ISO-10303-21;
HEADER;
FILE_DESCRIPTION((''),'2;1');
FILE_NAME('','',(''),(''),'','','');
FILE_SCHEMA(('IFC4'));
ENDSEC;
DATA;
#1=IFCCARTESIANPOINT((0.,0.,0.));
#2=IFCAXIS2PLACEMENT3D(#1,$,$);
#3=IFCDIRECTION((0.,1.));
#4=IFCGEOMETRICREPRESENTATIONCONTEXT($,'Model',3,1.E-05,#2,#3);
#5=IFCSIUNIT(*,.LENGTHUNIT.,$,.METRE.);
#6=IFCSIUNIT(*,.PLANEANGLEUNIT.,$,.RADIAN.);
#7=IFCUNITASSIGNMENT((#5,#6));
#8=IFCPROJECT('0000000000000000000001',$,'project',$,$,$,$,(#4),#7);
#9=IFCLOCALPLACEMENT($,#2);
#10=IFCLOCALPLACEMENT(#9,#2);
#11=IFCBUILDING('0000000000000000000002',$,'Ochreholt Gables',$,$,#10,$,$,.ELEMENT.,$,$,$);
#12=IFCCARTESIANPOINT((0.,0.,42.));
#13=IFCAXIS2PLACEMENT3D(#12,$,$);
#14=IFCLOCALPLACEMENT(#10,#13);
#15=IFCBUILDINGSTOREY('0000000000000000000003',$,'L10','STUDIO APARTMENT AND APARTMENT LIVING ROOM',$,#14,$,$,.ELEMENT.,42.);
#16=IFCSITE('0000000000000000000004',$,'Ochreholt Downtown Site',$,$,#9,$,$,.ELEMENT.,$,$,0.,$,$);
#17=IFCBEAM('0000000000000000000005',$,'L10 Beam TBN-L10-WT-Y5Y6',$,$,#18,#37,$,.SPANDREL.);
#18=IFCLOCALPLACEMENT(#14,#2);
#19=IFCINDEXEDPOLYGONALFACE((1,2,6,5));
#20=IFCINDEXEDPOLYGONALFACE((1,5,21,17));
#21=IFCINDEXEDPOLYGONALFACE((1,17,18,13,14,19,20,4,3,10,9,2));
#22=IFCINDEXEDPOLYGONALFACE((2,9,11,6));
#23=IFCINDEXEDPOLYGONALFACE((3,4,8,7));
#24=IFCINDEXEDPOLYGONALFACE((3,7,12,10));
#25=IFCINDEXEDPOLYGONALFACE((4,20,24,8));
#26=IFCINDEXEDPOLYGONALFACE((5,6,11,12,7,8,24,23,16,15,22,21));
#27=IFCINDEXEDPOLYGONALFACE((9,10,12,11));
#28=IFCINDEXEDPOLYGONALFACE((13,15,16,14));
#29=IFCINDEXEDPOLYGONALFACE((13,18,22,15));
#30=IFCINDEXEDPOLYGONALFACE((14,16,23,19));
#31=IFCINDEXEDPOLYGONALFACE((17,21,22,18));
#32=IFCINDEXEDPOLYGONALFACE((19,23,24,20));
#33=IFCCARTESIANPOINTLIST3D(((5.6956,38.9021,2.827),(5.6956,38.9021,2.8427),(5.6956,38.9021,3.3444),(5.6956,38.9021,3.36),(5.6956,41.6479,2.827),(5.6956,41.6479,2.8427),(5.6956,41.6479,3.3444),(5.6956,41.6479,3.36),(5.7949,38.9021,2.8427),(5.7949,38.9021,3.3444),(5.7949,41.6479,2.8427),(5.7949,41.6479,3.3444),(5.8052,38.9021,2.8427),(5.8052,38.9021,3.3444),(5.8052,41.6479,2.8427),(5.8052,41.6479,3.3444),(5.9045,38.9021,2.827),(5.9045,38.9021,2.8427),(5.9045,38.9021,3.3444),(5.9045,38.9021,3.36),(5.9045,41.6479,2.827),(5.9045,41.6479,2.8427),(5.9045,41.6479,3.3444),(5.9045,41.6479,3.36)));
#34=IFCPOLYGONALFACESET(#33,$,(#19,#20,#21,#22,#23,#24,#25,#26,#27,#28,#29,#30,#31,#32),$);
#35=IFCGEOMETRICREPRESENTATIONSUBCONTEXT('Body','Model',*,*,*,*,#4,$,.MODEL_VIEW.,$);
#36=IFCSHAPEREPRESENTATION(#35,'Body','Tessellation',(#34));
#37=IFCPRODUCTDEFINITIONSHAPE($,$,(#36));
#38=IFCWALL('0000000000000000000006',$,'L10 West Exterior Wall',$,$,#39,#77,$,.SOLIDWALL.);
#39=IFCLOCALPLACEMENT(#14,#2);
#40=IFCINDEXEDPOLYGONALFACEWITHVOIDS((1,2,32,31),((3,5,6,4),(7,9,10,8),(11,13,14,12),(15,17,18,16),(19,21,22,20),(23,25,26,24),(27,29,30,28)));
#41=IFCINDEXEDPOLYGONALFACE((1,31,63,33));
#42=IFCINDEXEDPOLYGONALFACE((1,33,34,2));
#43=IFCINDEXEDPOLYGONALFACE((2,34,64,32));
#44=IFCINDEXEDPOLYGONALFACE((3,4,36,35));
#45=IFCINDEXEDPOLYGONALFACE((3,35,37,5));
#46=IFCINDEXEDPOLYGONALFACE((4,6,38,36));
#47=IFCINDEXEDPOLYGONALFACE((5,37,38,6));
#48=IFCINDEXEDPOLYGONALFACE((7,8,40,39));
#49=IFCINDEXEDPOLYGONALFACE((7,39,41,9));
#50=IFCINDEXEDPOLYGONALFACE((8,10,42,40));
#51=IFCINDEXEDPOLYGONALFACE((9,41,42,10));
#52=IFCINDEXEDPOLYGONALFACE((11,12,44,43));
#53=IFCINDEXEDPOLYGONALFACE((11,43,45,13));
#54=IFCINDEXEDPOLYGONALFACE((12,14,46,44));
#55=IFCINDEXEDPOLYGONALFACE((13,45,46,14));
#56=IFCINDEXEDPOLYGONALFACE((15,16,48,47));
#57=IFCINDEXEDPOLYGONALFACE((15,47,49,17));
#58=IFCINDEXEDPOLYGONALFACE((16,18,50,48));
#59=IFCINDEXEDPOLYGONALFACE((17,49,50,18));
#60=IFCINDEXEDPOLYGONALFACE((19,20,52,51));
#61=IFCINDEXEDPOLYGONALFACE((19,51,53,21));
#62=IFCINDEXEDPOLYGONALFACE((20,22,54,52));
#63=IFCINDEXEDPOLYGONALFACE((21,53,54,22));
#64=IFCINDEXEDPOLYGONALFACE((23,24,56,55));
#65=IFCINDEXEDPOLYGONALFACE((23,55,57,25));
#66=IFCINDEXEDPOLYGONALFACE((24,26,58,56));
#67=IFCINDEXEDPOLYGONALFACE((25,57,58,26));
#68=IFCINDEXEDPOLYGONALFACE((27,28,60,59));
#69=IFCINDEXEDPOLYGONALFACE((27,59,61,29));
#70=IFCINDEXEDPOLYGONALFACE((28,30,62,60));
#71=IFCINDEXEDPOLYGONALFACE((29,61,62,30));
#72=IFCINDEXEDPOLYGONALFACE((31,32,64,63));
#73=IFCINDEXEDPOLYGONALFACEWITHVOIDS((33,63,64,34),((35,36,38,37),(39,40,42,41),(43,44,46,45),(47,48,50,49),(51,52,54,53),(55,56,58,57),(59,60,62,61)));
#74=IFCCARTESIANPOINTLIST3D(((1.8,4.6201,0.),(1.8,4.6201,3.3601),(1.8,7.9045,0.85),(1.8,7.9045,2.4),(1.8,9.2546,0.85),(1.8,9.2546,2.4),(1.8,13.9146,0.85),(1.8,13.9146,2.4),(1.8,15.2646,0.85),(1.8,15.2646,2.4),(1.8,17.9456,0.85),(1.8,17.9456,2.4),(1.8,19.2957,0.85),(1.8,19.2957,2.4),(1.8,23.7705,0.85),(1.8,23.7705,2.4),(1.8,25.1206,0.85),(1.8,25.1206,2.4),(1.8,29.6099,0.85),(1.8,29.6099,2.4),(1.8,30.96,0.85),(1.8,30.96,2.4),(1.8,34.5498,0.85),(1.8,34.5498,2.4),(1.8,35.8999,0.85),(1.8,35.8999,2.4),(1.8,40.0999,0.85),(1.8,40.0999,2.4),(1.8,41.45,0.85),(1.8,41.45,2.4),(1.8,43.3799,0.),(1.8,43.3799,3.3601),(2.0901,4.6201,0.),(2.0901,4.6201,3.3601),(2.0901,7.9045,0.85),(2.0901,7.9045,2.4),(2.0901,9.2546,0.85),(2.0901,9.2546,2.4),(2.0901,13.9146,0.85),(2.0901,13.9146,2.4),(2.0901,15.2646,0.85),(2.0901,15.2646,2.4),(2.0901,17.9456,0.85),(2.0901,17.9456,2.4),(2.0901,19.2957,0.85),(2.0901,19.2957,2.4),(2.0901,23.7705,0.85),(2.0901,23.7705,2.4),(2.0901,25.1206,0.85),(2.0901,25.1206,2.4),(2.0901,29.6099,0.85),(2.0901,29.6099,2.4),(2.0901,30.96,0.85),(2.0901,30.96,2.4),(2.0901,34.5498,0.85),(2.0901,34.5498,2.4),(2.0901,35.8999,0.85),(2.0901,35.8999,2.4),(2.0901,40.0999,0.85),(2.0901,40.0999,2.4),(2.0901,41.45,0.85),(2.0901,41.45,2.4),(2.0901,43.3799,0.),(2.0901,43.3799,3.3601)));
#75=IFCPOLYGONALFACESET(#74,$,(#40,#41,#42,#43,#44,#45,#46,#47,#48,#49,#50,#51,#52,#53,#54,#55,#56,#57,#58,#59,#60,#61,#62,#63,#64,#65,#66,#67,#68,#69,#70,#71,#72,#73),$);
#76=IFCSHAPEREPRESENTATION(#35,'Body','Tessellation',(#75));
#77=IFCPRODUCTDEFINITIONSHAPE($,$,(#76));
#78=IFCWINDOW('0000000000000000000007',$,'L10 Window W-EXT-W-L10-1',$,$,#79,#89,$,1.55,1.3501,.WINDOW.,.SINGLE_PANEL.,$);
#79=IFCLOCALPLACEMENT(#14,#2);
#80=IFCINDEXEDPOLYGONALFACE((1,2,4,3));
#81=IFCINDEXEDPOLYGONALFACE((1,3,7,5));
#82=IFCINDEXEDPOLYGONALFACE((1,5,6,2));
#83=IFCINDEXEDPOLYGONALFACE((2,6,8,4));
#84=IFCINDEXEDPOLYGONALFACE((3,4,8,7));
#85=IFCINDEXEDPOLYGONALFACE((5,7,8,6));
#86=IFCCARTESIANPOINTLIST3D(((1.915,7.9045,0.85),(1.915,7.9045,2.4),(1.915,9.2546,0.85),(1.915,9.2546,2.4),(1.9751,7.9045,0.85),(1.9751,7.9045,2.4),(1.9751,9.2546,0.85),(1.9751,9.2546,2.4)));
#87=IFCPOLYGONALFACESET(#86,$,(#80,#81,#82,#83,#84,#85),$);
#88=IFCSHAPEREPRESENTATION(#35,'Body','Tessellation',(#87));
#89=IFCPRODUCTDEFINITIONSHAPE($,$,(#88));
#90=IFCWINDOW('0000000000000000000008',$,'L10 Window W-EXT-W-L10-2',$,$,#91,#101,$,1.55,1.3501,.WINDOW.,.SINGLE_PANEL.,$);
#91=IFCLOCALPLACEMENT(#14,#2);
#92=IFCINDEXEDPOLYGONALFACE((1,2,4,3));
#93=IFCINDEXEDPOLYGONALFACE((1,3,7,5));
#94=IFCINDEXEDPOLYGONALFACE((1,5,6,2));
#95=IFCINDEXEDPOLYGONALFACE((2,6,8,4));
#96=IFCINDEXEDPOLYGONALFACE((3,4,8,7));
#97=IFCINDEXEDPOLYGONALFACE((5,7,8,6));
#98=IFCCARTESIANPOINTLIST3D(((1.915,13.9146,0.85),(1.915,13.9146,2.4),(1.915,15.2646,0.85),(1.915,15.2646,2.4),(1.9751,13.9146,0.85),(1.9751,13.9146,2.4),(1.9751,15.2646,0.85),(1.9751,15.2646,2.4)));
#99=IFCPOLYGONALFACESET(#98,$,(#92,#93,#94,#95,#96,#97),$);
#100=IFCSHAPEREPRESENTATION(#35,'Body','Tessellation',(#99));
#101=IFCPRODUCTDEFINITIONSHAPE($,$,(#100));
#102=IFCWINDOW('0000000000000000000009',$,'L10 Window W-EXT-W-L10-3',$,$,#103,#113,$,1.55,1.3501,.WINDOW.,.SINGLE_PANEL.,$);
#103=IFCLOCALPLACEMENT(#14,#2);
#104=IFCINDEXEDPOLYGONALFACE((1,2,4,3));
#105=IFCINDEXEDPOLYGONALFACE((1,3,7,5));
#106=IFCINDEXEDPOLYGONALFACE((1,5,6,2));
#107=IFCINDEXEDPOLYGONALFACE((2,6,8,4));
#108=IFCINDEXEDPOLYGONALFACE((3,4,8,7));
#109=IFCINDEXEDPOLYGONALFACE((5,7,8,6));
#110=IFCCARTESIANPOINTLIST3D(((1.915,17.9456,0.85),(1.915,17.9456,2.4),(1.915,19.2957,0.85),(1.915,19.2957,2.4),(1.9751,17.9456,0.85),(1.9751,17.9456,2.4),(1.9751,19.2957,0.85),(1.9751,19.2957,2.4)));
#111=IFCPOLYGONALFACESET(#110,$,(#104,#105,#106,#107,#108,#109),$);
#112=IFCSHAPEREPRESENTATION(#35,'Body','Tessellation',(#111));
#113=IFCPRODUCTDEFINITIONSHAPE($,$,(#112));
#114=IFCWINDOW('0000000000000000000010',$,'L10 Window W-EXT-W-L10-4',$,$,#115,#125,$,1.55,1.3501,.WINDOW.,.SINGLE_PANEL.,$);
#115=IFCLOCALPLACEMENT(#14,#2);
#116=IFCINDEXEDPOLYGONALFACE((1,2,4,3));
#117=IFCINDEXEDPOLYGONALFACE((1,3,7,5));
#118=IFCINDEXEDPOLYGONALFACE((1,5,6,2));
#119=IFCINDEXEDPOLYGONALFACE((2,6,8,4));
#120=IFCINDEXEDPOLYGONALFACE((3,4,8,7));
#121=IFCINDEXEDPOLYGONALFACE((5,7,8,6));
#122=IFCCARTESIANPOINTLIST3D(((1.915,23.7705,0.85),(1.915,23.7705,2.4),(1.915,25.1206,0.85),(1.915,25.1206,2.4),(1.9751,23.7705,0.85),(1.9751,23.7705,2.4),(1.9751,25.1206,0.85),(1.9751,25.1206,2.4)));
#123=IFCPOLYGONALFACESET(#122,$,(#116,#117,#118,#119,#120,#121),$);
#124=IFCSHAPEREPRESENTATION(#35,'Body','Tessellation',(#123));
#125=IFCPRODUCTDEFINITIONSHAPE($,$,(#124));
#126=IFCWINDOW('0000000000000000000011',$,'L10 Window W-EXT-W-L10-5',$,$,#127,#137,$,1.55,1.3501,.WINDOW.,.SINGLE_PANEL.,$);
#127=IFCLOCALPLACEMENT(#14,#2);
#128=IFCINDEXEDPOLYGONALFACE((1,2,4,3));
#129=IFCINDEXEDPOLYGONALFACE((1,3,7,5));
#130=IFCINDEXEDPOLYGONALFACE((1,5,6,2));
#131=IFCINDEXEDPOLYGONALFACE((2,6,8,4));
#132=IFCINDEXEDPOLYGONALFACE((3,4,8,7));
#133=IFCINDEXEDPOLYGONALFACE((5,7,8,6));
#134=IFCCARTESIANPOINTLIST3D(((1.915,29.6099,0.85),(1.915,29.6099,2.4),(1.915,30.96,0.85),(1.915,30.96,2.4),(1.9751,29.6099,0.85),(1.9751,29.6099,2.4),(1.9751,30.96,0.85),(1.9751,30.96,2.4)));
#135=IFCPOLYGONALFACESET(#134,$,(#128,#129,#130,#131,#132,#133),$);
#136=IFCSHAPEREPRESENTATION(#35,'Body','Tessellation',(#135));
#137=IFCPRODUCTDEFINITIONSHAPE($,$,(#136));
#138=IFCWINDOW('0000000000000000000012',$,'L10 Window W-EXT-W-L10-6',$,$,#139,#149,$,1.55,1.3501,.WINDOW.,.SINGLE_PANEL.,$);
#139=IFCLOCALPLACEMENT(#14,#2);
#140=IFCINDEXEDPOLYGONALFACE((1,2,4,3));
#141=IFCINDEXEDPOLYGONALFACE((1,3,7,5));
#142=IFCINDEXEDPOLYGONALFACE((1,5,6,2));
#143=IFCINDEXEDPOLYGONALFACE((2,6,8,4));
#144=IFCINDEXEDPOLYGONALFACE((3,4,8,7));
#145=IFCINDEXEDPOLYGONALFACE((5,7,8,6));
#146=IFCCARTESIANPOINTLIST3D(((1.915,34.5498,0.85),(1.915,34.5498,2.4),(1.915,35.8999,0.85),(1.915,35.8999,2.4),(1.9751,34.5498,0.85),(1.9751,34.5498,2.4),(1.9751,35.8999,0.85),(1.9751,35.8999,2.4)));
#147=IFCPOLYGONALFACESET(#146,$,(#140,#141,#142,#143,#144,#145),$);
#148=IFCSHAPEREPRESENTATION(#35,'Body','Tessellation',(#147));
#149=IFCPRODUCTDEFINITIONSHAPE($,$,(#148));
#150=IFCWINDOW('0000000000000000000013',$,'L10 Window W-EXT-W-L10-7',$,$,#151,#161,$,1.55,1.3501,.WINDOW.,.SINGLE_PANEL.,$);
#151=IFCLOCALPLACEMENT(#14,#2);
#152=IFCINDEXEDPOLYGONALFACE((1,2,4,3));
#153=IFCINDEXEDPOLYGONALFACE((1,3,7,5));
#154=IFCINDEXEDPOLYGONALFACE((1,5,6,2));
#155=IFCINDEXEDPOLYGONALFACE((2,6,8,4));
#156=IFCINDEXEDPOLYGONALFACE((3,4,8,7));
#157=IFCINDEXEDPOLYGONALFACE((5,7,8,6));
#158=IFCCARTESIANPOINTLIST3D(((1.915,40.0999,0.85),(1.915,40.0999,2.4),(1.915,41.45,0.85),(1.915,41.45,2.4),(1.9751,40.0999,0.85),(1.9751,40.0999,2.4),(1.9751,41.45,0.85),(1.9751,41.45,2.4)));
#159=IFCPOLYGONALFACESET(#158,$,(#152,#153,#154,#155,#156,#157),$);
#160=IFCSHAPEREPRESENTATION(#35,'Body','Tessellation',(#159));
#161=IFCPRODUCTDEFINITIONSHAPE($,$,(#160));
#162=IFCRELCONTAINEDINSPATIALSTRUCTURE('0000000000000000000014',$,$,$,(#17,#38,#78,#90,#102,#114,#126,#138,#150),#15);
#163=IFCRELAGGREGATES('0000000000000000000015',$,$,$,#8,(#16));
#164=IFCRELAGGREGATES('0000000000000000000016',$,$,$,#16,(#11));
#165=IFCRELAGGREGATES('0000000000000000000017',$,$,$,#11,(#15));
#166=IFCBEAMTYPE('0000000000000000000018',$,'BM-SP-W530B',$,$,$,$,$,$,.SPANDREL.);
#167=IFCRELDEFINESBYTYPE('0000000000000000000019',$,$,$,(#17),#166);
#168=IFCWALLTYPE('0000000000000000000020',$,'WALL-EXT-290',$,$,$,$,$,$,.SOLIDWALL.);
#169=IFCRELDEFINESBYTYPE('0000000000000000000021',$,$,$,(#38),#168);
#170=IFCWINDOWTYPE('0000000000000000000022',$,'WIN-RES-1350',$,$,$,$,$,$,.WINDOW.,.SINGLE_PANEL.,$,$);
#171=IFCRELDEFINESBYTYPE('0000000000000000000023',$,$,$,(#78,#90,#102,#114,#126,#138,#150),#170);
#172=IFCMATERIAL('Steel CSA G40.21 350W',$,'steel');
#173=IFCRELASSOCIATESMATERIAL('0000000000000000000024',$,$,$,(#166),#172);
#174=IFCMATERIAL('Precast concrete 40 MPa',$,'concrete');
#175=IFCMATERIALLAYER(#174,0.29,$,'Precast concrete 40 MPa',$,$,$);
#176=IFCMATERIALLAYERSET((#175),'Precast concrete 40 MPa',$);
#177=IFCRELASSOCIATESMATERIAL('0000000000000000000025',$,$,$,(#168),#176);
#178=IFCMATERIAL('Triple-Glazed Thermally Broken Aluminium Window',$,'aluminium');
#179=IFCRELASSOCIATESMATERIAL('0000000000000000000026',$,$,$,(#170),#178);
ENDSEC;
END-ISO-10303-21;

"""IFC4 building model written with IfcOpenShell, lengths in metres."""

from ifc_helpers import new_model, si_unit, direction, frame, frame_2d, origin, origin_2d, place, context, subcontext, project, spatial, rectangle, i_section, extrude, material, layer, layer_set, material_profile, profile_set, type_object, element, fill, save


model = new_model("IFC4")

# Units and contexts
model_context = context("Model", 3, precision=1e-05, world=origin(), true_north=direction((0.0, 1.0)))
body_context = subcontext(model_context, "Body", "Model", "MODEL_VIEW")
ifc_project = project(units=[si_unit("LENGTHUNIT", "METRE"), si_unit("PLANEANGLEUNIT", "RADIAN")], contexts=[model_context])

# Site, building, storey
site_placement = place(None, origin())
site = spatial("IfcSite", under=ifc_project, at=site_placement, Name="Ochreholt Downtown Site", CompositionType="ELEMENT", RefElevation=0.0)
building_placement = place(site_placement, origin())
building = spatial("IfcBuilding", under=site, at=building_placement, Name="Ochreholt Gables", CompositionType="ELEMENT")
storey_placement = place(building_placement, frame((0.0, 0.0, 42.0)))
storey = spatial("IfcBuildingStorey", under=building, at=storey_placement, Name="L10", Description="STUDIO APARTMENT AND APARTMENT LIVING ROOM", CompositionType="ELEMENT", Elevation=42.0)

# Shared definitions
ifc_material_1 = material(Name="Steel CSA G40.21 350W", Category="steel")

# Beam
ifc_material_profile_1 = material_profile(ifc_material_1, i_section(OverallWidth=0.209, OverallDepth=0.533, WebThickness=0.0103, FlangeThickness=0.0156, at=origin_2d()), Name="W530X92")
ifc_profile_set_1 = profile_set([ifc_material_profile_1], Name="Steel CSA G40.21 350W")
beam_type_1 = type_object("IfcBeamType", Name="BM-SP-W530B", PredefinedType="SPANDREL", material=ifc_profile_set_1)
beam_1_placement = place(storey_placement, frame((5.8, 38.9021, 3.0935), z_axis=(0.0, 1.0, 0.0), x_axis=(-1.0, 0.0, 0.0)))
element("IfcBeam", 1, at=beam_1_placement, inside=storey, type_object=beam_type_1, Name="L10 Beam TBN-L10-WT-Y5Y6", PredefinedType="SPANDREL", context=body_context, shape_type="SweptSolid", body=[
    extrude(i_section(OverallWidth=0.209, OverallDepth=0.533, WebThickness=0.0103, FlangeThickness=0.0156, at=origin_2d()), origin(), (0.0, 0.0, 1.0), 2.7458),
])

# Wall, openings, windows
ifc_material_2 = material(Name="Precast concrete 40 MPa", Category="concrete")
ifc_layer_1 = layer(ifc_material_2, 0.29, Name="Precast concrete 40 MPa")
ifc_layer_set_1 = layer_set([ifc_layer_1], Name="Precast concrete 40 MPa")
wall_type_1 = type_object("IfcWallType", Name="WALL-EXT-290", PredefinedType="SOLIDWALL", material=ifc_layer_set_1)
wall_1_placement = place(storey_placement, frame((1.9451, 43.3799, 0.0), z_axis=(0.0, 0.0, 1.0), x_axis=(0.0, -1.0, 0.0)))
wall_1 = element("IfcWall", 2, at=wall_1_placement, inside=storey, type_object=wall_type_1, Name="L10 West Exterior Wall", PredefinedType="SOLIDWALL", context=body_context, shape_type="SweptSolid", body=[
    extrude(rectangle(XDim=38.7598, YDim=0.29, at=frame_2d((19.3799, 0.0))), origin(), (0.0, 0.0, 1.0), 3.3601),
])
opening_1_placement = place(wall_1_placement, frame((34.1252, 0.0, 0.8501)))
opening_1 = element("IfcOpeningElement", 3, at=opening_1_placement, cuts=wall_1, PredefinedType="OPENING", context=body_context, shape_type="SweptSolid", body=[
    extrude(rectangle(XDim=1.3501, YDim=1.55, at=frame_2d((0.675, 0.7749))), frame((0.0, 0.155, 0.0), z_axis=(0.0, -1.0, 0.0), x_axis=(1.0, 0.0, 0.0)), (0.0, 0.0, 1.0), 0.3101),
])
opening_2_placement = place(wall_1_placement, frame((28.1152, 0.0, 0.8501)))
opening_2 = element("IfcOpeningElement", 4, at=opening_2_placement, cuts=wall_1, PredefinedType="OPENING", context=body_context, shape_type="SweptSolid", body=[
    extrude(rectangle(XDim=1.3501, YDim=1.55, at=frame_2d((0.675, 0.7749))), frame((0.0, 0.155, 0.0), z_axis=(0.0, -1.0, 0.0), x_axis=(1.0, 0.0, 0.0)), (0.0, 0.0, 1.0), 0.3101),
])
opening_3_placement = place(wall_1_placement, frame((24.0842, 0.0, 0.8501)))
opening_3 = element("IfcOpeningElement", 5, at=opening_3_placement, cuts=wall_1, PredefinedType="OPENING", context=body_context, shape_type="SweptSolid", body=[
    extrude(rectangle(XDim=1.3501, YDim=1.55, at=frame_2d((0.675, 0.7749))), frame((0.0, 0.155, 0.0), z_axis=(0.0, -1.0, 0.0), x_axis=(1.0, 0.0, 0.0)), (0.0, 0.0, 1.0), 0.3101),
])
opening_4_placement = place(wall_1_placement, frame((18.2593, 0.0, 0.8501)))
opening_4 = element("IfcOpeningElement", 6, at=opening_4_placement, cuts=wall_1, PredefinedType="OPENING", context=body_context, shape_type="SweptSolid", body=[
    extrude(rectangle(XDim=1.3501, YDim=1.55, at=frame_2d((0.675, 0.7749))), frame((0.0, 0.155, 0.0), z_axis=(0.0, -1.0, 0.0), x_axis=(1.0, 0.0, 0.0)), (0.0, 0.0, 1.0), 0.3101),
])
opening_5_placement = place(wall_1_placement, frame((12.4199, 0.0, 0.8501)))
opening_5 = element("IfcOpeningElement", 7, at=opening_5_placement, cuts=wall_1, PredefinedType="OPENING", context=body_context, shape_type="SweptSolid", body=[
    extrude(rectangle(XDim=1.3501, YDim=1.55, at=frame_2d((0.675, 0.7749))), frame((0.0, 0.155, 0.0), z_axis=(0.0, -1.0, 0.0), x_axis=(1.0, 0.0, 0.0)), (0.0, 0.0, 1.0), 0.3101),
])
opening_6_placement = place(wall_1_placement, frame((7.48, 0.0, 0.8501)))
opening_6 = element("IfcOpeningElement", 8, at=opening_6_placement, cuts=wall_1, PredefinedType="OPENING", context=body_context, shape_type="SweptSolid", body=[
    extrude(rectangle(XDim=1.3501, YDim=1.55, at=frame_2d((0.675, 0.7749))), frame((0.0, 0.155, 0.0), z_axis=(0.0, -1.0, 0.0), x_axis=(1.0, 0.0, 0.0)), (0.0, 0.0, 1.0), 0.3101),
])
opening_7_placement = place(wall_1_placement, frame((1.9299, 0.0, 0.8501)))
opening_7 = element("IfcOpeningElement", 9, at=opening_7_placement, cuts=wall_1, PredefinedType="OPENING", context=body_context, shape_type="SweptSolid", body=[
    extrude(rectangle(XDim=1.3501, YDim=1.55, at=frame_2d((0.675, 0.7749))), frame((0.0, 0.155, 0.0), z_axis=(0.0, -1.0, 0.0), x_axis=(1.0, 0.0, 0.0)), (0.0, 0.0, 1.0), 0.3101),
])
ifc_material_3 = material(Name="Triple-Glazed Thermally Broken Aluminium Window", Category="aluminium")
window_type = type_object("IfcWindowType", Name="WIN-RES-1350", PartitioningType="SINGLE_PANEL", PredefinedType="WINDOW", material=ifc_material_3)
window_1_placement = place(opening_1_placement, origin())
window_1 = element("IfcWindow", 10, at=window_1_placement, inside=storey, type_object=window_type, Name="L10 Window W-EXT-W-L10-1", OverallHeight=1.55, OverallWidth=1.3501, PartitioningType="SINGLE_PANEL", PredefinedType="WINDOW", context=body_context, shape_type="SweptSolid", body=[
    extrude(rectangle(XDim=1.3501, YDim=1.55, at=frame_2d((0.675, 0.7749))), frame((0.0, 0.03, 0.0), z_axis=(0.0, -1.0, 0.0), x_axis=(1.0, 0.0, 0.0)), (0.0, 0.0, 1.0), 0.0601),
])
fill(opening_1, window_1)
window_2_placement = place(opening_2_placement, origin())
window_2 = element("IfcWindow", 11, at=window_2_placement, inside=storey, type_object=window_type, Name="L10 Window W-EXT-W-L10-2", OverallHeight=1.55, OverallWidth=1.3501, PartitioningType="SINGLE_PANEL", PredefinedType="WINDOW", context=body_context, shape_type="SweptSolid", body=[
    extrude(rectangle(XDim=1.3501, YDim=1.55, at=frame_2d((0.675, 0.7749))), frame((0.0, 0.03, 0.0), z_axis=(0.0, -1.0, 0.0), x_axis=(1.0, 0.0, 0.0)), (0.0, 0.0, 1.0), 0.0601),
])
fill(opening_2, window_2)
window_3_placement = place(opening_3_placement, origin())
window_3 = element("IfcWindow", 12, at=window_3_placement, inside=storey, type_object=window_type, Name="L10 Window W-EXT-W-L10-3", OverallHeight=1.55, OverallWidth=1.3501, PartitioningType="SINGLE_PANEL", PredefinedType="WINDOW", context=body_context, shape_type="SweptSolid", body=[
    extrude(rectangle(XDim=1.3501, YDim=1.55, at=frame_2d((0.675, 0.7749))), frame((0.0, 0.03, 0.0), z_axis=(0.0, -1.0, 0.0), x_axis=(1.0, 0.0, 0.0)), (0.0, 0.0, 1.0), 0.0601),
])
fill(opening_3, window_3)
window_4_placement = place(opening_4_placement, origin())
window_4 = element("IfcWindow", 13, at=window_4_placement, inside=storey, type_object=window_type, Name="L10 Window W-EXT-W-L10-4", OverallHeight=1.55, OverallWidth=1.3501, PartitioningType="SINGLE_PANEL", PredefinedType="WINDOW", context=body_context, shape_type="SweptSolid", body=[
    extrude(rectangle(XDim=1.3501, YDim=1.55, at=frame_2d((0.675, 0.7749))), frame((0.0, 0.03, 0.0), z_axis=(0.0, -1.0, 0.0), x_axis=(1.0, 0.0, 0.0)), (0.0, 0.0, 1.0), 0.0601),
])
fill(opening_4, window_4)
window_5_placement = place(opening_5_placement, origin())
window_5 = element("IfcWindow", 14, at=window_5_placement, inside=storey, type_object=window_type, Name="L10 Window W-EXT-W-L10-5", OverallHeight=1.55, OverallWidth=1.3501, PartitioningType="SINGLE_PANEL", PredefinedType="WINDOW", context=body_context, shape_type="SweptSolid", body=[
    extrude(rectangle(XDim=1.3501, YDim=1.55, at=frame_2d((0.675, 0.7749))), frame((0.0, 0.03, 0.0), z_axis=(0.0, -1.0, 0.0), x_axis=(1.0, 0.0, 0.0)), (0.0, 0.0, 1.0), 0.0601),
])
fill(opening_5, window_5)
window_6_placement = place(opening_6_placement, origin())
window_6 = element("IfcWindow", 15, at=window_6_placement, inside=storey, type_object=window_type, Name="L10 Window W-EXT-W-L10-6", OverallHeight=1.55, OverallWidth=1.3501, PartitioningType="SINGLE_PANEL", PredefinedType="WINDOW", context=body_context, shape_type="SweptSolid", body=[
    extrude(rectangle(XDim=1.3501, YDim=1.55, at=frame_2d((0.675, 0.7749))), frame((0.0, 0.03, 0.0), z_axis=(0.0, -1.0, 0.0), x_axis=(1.0, 0.0, 0.0)), (0.0, 0.0, 1.0), 0.0601),
])
fill(opening_6, window_6)
window_7_placement = place(opening_7_placement, origin())
window_7 = element("IfcWindow", 16, at=window_7_placement, inside=storey, type_object=window_type, Name="L10 Window W-EXT-W-L10-7", OverallHeight=1.55, OverallWidth=1.3501, PartitioningType="SINGLE_PANEL", PredefinedType="WINDOW", context=body_context, shape_type="SweptSolid", body=[
    extrude(rectangle(XDim=1.3501, YDim=1.55, at=frame_2d((0.675, 0.7749))), frame((0.0, 0.03, 0.0), z_axis=(0.0, -1.0, 0.0), x_axis=(1.0, 0.0, 0.0)), (0.0, 0.0, 1.0), 0.0601),
])
fill(opening_7, window_7)

save(model, "model.ifc")
